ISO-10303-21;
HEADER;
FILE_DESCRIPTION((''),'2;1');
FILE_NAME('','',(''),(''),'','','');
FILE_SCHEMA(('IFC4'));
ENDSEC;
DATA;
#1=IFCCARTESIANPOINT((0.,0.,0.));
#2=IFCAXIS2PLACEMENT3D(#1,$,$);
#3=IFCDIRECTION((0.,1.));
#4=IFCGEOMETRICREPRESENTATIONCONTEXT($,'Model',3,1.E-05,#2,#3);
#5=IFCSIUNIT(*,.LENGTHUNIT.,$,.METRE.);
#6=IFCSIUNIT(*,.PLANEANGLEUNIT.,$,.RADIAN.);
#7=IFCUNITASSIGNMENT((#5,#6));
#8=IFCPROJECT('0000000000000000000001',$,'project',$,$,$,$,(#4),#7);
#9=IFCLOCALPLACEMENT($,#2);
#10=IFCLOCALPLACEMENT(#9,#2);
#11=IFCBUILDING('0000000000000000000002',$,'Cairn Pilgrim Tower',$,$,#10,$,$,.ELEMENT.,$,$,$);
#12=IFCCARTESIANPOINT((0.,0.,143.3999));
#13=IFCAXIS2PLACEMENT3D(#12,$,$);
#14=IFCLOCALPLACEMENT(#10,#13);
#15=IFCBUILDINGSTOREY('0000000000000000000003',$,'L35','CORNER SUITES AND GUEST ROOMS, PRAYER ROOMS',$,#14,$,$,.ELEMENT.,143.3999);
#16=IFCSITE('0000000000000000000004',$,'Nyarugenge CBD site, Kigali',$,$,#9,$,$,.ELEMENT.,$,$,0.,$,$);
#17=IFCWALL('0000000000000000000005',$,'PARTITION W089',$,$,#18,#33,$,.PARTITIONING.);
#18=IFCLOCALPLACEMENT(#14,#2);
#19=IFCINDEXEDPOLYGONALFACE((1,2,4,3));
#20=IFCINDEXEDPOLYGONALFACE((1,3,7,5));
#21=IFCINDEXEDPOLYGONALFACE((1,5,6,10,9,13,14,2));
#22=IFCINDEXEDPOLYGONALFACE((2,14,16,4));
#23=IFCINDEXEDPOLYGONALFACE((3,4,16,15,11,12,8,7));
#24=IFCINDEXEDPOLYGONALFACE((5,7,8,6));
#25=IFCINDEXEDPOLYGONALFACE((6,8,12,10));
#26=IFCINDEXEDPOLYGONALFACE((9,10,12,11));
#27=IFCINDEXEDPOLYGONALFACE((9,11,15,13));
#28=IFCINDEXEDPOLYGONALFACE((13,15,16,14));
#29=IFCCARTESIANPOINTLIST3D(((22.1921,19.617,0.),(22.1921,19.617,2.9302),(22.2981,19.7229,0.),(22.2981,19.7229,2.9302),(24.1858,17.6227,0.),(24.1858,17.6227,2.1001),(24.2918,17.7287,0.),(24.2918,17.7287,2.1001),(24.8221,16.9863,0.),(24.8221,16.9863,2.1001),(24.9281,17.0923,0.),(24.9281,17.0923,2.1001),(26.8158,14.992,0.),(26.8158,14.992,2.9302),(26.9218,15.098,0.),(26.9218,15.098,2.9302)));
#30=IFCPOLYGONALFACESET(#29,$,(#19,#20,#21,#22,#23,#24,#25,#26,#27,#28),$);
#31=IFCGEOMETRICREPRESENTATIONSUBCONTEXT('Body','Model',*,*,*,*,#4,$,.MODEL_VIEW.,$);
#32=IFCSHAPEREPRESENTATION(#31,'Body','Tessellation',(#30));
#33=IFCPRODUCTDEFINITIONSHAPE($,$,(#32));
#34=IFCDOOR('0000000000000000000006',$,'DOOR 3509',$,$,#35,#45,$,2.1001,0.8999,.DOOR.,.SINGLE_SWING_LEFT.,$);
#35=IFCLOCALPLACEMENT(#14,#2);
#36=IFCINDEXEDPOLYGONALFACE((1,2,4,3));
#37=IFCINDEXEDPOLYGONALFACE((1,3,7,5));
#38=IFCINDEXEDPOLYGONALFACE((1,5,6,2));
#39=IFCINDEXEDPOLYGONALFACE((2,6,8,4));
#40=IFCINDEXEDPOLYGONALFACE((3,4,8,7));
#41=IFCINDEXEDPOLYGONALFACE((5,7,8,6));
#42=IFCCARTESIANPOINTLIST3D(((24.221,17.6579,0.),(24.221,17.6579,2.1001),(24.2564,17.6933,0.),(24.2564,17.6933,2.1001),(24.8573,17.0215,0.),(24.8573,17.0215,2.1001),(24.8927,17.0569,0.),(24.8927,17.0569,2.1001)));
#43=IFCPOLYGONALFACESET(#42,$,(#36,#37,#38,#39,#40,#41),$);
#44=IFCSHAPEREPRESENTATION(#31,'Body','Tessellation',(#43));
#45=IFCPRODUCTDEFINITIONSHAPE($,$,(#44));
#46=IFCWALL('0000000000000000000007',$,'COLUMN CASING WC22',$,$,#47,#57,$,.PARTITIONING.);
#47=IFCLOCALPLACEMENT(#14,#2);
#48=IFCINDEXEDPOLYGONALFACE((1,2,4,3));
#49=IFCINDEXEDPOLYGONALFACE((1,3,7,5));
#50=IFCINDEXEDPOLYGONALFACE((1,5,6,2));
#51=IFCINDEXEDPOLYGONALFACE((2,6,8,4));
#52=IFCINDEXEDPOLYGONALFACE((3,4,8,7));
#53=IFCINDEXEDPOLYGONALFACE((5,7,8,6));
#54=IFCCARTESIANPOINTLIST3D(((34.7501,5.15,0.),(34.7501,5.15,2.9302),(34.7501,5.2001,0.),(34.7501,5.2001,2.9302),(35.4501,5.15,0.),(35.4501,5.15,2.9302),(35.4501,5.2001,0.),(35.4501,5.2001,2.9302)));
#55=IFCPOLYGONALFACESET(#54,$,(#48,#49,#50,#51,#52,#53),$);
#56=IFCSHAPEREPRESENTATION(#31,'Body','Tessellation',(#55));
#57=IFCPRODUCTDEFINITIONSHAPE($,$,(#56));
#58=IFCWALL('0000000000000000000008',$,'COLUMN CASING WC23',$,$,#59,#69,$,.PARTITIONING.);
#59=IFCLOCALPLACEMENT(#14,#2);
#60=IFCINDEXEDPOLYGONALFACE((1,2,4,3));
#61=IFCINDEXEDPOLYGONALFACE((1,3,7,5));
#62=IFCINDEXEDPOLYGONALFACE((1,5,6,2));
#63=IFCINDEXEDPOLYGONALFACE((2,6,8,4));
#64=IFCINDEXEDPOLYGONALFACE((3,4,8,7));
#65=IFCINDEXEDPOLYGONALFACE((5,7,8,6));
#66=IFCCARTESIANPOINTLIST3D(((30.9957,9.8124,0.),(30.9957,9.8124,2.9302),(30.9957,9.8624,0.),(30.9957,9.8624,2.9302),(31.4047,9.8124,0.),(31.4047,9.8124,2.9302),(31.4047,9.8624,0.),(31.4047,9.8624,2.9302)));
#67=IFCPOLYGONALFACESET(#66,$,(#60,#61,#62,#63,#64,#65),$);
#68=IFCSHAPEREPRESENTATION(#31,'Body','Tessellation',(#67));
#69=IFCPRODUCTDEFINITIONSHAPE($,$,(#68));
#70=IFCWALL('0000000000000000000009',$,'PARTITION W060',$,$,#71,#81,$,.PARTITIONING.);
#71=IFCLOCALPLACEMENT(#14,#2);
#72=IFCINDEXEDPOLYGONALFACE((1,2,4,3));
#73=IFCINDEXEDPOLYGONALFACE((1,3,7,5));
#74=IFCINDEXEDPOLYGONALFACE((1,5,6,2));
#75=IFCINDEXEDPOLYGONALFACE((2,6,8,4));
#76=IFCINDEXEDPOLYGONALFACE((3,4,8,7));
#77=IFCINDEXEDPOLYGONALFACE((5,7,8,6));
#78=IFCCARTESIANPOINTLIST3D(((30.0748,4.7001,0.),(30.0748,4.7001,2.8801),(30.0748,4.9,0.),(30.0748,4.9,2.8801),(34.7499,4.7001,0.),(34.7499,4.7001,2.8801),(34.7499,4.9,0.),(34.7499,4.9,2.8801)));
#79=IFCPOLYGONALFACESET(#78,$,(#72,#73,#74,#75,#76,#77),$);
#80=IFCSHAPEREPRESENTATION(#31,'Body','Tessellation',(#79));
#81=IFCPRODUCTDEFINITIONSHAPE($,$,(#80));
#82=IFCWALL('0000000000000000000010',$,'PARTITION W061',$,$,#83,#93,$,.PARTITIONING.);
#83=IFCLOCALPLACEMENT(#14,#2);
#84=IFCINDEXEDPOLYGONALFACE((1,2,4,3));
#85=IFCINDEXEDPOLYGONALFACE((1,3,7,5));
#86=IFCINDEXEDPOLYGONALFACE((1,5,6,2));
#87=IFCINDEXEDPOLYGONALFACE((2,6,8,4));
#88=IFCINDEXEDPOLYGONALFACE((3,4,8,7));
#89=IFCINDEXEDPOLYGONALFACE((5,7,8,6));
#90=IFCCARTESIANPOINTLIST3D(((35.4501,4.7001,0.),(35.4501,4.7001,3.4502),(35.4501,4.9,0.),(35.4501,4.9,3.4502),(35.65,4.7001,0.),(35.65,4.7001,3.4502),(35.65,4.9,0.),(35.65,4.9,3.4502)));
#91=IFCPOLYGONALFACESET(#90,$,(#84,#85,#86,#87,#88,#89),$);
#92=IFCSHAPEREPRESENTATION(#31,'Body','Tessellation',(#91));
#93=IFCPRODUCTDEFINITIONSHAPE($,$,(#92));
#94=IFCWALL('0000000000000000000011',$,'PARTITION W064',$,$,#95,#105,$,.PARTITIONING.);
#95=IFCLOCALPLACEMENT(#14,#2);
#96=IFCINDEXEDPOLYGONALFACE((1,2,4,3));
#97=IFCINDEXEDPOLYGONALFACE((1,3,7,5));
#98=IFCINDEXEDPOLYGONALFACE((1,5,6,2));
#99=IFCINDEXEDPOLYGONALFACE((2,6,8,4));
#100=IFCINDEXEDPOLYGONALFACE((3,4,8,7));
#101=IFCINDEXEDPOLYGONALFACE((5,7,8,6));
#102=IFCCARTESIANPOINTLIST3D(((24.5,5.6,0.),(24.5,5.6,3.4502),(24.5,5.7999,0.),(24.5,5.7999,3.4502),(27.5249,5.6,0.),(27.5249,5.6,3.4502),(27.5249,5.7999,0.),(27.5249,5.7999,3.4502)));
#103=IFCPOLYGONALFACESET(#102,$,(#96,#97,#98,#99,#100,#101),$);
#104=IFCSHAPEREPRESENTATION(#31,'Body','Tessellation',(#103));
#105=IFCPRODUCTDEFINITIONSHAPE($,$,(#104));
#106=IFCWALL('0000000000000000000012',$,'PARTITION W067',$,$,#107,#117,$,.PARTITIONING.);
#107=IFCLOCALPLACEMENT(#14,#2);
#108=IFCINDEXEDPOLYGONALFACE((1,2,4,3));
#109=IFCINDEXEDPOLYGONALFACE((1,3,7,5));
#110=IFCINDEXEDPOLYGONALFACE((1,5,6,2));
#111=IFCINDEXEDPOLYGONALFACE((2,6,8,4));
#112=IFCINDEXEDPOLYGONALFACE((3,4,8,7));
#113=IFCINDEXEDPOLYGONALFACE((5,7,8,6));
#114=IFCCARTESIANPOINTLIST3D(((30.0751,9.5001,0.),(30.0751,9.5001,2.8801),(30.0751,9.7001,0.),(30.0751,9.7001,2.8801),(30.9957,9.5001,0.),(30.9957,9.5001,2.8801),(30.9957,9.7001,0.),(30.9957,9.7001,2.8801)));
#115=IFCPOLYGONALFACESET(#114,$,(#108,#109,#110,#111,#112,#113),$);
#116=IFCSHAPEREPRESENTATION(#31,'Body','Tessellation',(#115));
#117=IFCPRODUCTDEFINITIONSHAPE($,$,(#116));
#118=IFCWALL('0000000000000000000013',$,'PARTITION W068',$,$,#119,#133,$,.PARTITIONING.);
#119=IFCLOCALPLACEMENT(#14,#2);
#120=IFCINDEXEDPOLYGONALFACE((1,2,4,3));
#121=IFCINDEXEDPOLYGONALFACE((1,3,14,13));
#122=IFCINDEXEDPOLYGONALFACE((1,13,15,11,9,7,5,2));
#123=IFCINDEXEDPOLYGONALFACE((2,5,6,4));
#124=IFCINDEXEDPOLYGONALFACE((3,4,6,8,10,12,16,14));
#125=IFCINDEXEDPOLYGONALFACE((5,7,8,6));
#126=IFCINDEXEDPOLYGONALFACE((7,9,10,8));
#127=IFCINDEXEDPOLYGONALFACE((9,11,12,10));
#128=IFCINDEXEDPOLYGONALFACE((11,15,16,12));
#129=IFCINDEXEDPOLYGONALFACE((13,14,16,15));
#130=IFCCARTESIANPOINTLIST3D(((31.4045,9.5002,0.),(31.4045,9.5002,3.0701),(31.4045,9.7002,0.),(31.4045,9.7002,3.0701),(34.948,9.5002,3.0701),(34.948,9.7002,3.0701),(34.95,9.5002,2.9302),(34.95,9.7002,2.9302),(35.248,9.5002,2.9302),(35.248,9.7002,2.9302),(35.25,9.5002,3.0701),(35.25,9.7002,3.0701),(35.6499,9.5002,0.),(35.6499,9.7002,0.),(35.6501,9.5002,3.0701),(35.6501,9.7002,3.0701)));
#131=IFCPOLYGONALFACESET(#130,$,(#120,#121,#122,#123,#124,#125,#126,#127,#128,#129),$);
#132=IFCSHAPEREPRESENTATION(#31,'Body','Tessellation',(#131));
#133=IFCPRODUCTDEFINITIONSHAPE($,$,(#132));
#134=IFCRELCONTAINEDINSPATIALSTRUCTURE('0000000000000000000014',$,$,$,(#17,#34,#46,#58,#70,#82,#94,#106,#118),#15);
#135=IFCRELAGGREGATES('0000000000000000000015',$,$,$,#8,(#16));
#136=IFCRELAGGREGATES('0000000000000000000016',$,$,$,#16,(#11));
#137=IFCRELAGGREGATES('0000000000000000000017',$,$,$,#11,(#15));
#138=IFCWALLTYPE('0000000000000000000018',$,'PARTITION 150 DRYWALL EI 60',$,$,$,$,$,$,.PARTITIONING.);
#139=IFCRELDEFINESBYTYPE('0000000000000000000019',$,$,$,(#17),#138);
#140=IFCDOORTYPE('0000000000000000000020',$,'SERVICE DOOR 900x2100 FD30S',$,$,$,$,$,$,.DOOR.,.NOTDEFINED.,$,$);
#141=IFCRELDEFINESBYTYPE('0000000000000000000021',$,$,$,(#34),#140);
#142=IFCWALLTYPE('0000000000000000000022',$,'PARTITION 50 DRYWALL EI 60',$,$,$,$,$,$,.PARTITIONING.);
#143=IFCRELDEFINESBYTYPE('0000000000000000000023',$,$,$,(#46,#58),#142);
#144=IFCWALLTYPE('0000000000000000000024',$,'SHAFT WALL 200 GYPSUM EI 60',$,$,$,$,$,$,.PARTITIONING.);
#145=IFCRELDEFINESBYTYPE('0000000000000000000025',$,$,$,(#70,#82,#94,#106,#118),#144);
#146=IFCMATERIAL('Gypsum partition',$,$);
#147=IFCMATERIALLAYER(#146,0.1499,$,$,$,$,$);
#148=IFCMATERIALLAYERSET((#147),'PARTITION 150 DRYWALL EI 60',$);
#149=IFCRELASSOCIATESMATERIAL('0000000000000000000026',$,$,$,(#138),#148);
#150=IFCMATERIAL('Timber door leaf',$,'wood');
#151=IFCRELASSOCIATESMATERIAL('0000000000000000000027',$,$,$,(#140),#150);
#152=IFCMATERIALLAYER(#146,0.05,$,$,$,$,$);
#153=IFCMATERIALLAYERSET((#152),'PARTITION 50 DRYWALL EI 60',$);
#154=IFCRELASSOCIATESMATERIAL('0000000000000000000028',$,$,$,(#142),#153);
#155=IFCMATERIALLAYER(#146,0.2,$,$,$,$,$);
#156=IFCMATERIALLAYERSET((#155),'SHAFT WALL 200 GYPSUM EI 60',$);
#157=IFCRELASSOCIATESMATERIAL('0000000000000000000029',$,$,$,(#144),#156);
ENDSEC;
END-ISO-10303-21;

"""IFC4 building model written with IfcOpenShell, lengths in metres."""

from ifc_helpers import new_model, si_unit, direction, frame, frame_2d, origin, place, context, subcontext, project, spatial, polyline, rectangle, outline, extrude, material, layer, layer_set, type_object, element, fill, save


model = new_model("IFC4")

# Units and contexts
model_context = context("Model", 3, precision=1e-05, world=origin(), true_north=direction((0.0, 1.0)))
body_context = subcontext(model_context, "Body", "Model", "MODEL_VIEW")
ifc_project = project(units=[si_unit("LENGTHUNIT", "METRE"), si_unit("PLANEANGLEUNIT", "RADIAN")], contexts=[model_context])

# Site, building, storey
site_placement = place(None, origin())
site = spatial("IfcSite", under=ifc_project, at=site_placement, Name="Nyarugenge CBD site, Kigali", CompositionType="ELEMENT", RefElevation=0.0)
building_placement = place(site_placement, origin())
building = spatial("IfcBuilding", under=site, at=building_placement, Name="Cairn Pilgrim Tower", CompositionType="ELEMENT")
storey_placement = place(building_placement, frame((0.0, 0.0, 143.3999)))
storey = spatial("IfcBuildingStorey", under=building, at=storey_placement, Name="L35", Description="CORNER SUITES AND GUEST ROOMS, PRAYER ROOMS", CompositionType="ELEMENT", Elevation=143.3999)

# Shared definitions
ifc_material_1 = material(Name="Gypsum partition")
ifc_material_2 = material(Name="Timber door leaf", Category="wood")

# Shared definitions
ifc_layer_1 = layer(ifc_material_1, 0.1499)
ifc_layer_set_1 = layer_set([ifc_layer_1], Name="PARTITION 150 DRYWALL EI 60")
wall_type_1 = type_object("IfcWallType", Name="PARTITION 150 DRYWALL EI 60", PredefinedType="PARTITIONING", material=ifc_layer_set_1)

# Wall, opening, door
wall_1_placement = place(storey_placement, frame((26.8689, 15.0449, 0.0), z_axis=(0.0, 0.0, 1.0), x_axis=(-0.707013, 0.7072, 0.0)))
wall_1 = element("IfcWall", 1, at=wall_1_placement, inside=storey, type_object=wall_type_1, Name="PARTITION W089", PredefinedType="PARTITIONING", context=body_context, shape_type="SweptSolid", body=[
    extrude(rectangle(XDim=6.5398, YDim=0.1499, at=frame_2d((3.27, 0.0))), origin(), (0.0, 0.0, 1.0), 2.9302),
])
opening_1_placement = place(wall_1_placement, frame((2.8201, 0.0, 0.0)))
opening_1 = element("IfcOpeningElement", 2, at=opening_1_placement, cuts=wall_1, PredefinedType="OPENING", context=body_context, shape_type="SweptSolid", body=[
    extrude(rectangle(XDim=0.8999, YDim=2.1001, at=frame_2d((0.45, 1.05))), frame((0.0, 0.085, 0.0), z_axis=(0.0, -1.0, 0.0), x_axis=(1.0, 0.0, 0.0)), (0.0, 0.0, 1.0), 0.1699),
])
door_type_1 = type_object("IfcDoorType", Name="SERVICE DOOR 900x2100 FD30S", OperationType="NOTDEFINED", PredefinedType="DOOR", material=ifc_material_2)
door_1_placement = place(opening_1_placement, frame((0.8999, 0.0, 0.0), z_axis=(0.0, 0.0, 1.0), x_axis=(-1.0, 0.0, 0.0)))
door_1 = element("IfcDoor", 3, at=door_1_placement, inside=storey, type_object=door_type_1, Name="DOOR 3509", OperationType="SINGLE_SWING_LEFT", OverallHeight=2.1001, OverallWidth=0.8999, PredefinedType="DOOR", context=body_context, shape_type="SweptSolid", body=[
    extrude(rectangle(XDim=0.8999, YDim=2.1001, at=frame_2d((0.45, 1.05))), frame((0.0, 0.0249, 0.0), z_axis=(0.0, -1.0, 0.0), x_axis=(1.0, 0.0, 0.0)), (0.0, 0.0, 1.0), 0.05),
])
fill(opening_1, door_1)

# Walls
ifc_layer_2 = layer(ifc_material_1, 0.05)
ifc_layer_set_2 = layer_set([ifc_layer_2], Name="PARTITION 50 DRYWALL EI 60")
wall_type_2 = type_object("IfcWallType", Name="PARTITION 50 DRYWALL EI 60", PredefinedType="PARTITIONING", material=ifc_layer_set_2)
wall_2_placement = place(storey_placement, frame((34.75, 5.175, 0.0), z_axis=(0.0, 0.0, 1.0), x_axis=(1.0, 0.0, 0.0)))
element("IfcWall", 4, at=wall_2_placement, inside=storey, type_object=wall_type_2, Name="COLUMN CASING WC22", PredefinedType="PARTITIONING", context=body_context, shape_type="SweptSolid", body=[
    extrude(rectangle(XDim=0.7, YDim=0.05, at=frame_2d((0.3501, 0.0))), origin(), (0.0, 0.0, 1.0), 2.9302),
])
wall_3_placement = place(storey_placement, frame((30.9956, 9.8374, 0.0), z_axis=(0.0, 0.0, 1.0), x_axis=(1.0, 0.0, 0.0)))
element("IfcWall", 5, at=wall_3_placement, inside=storey, type_object=wall_type_2, Name="COLUMN CASING WC23", PredefinedType="PARTITIONING", context=body_context, shape_type="SweptSolid", body=[
    extrude(rectangle(XDim=0.4089, YDim=0.05, at=frame_2d((0.2046, 0.0))), origin(), (0.0, 0.0, 1.0), 2.9302),
])
ifc_layer_3 = layer(ifc_material_1, 0.2)
ifc_layer_set_3 = layer_set([ifc_layer_3], Name="SHAFT WALL 200 GYPSUM EI 60")
wall_type_3 = type_object("IfcWallType", Name="SHAFT WALL 200 GYPSUM EI 60", PredefinedType="PARTITIONING", material=ifc_layer_set_3)
wall_4_placement = place(storey_placement, frame((30.075, 4.8, 0.0), z_axis=(0.0, 0.0, 1.0), x_axis=(1.0, 0.0, 0.0)))
element("IfcWall", 6, at=wall_4_placement, inside=storey, type_object=wall_type_3, Name="PARTITION W060", PredefinedType="PARTITIONING", context=body_context, shape_type="SweptSolid", body=[
    extrude(rectangle(XDim=4.675, YDim=0.2, at=frame_2d((2.3374, 0.0))), origin(), (0.0, 0.0, 1.0), 2.8801),
])
wall_5_placement = place(storey_placement, frame((35.45, 4.8, 0.0), z_axis=(0.0, 0.0, 1.0), x_axis=(1.0, 0.0, 0.0)))
element("IfcWall", 7, at=wall_5_placement, inside=storey, type_object=wall_type_3, Name="PARTITION W061", PredefinedType="PARTITIONING", context=body_context, shape_type="SweptSolid", body=[
    extrude(rectangle(XDim=0.2, YDim=0.2, at=frame_2d((0.1001, 0.0))), origin(), (0.0, 0.0, 1.0), 3.4502),
])
wall_6_placement = place(storey_placement, frame((24.5, 5.7, 0.0), z_axis=(0.0, 0.0, 1.0), x_axis=(1.0, 0.0, 0.0)))
element("IfcWall", 8, at=wall_6_placement, inside=storey, type_object=wall_type_3, Name="PARTITION W064", PredefinedType="PARTITIONING", context=body_context, shape_type="SweptSolid", body=[
    extrude(rectangle(XDim=3.0249, YDim=0.2, at=frame_2d((1.5125, 0.0))), origin(), (0.0, 0.0, 1.0), 3.4502),
])
wall_7_placement = place(storey_placement, frame((30.075, 9.6001, 0.0), z_axis=(0.0, 0.0, 1.0), x_axis=(1.0, 0.0, 0.0)))
element("IfcWall", 9, at=wall_7_placement, inside=storey, type_object=wall_type_3, Name="PARTITION W067", PredefinedType="PARTITIONING", context=body_context, shape_type="SweptSolid", body=[
    extrude(rectangle(XDim=0.9207, YDim=0.2, at=frame_2d((0.4604, 0.0))), origin(), (0.0, 0.0, 1.0), 2.8801),
])
wall_8_placement = place(storey_placement, frame((31.4045, 9.6001, 0.0), z_axis=(0.0, 0.0, 1.0), x_axis=(1.0, 0.0, 0.0)))
element("IfcWall", 10, at=wall_8_placement, inside=storey, type_object=wall_type_3, Name="PARTITION W068", PredefinedType="PARTITIONING", context=body_context, shape_type="SweptSolid", body=[
    extrude(outline(polyline([(0.0, 0.0), (4.2454, 0.0), (4.2456, 3.0701), (3.8455, 3.0701), (3.8435, 2.9302), (3.5454, 2.9302), (3.5435, 3.0701), (0.0, 3.0701), (0.0, 0.0)])), frame((0.0, 0.1001, 0.0), z_axis=(0.0, -1.0, 0.0), x_axis=(1.0, 0.0, 0.0)), (0.0, 0.0, 1.0), 0.2),
])

save(model, "model.ifc")
